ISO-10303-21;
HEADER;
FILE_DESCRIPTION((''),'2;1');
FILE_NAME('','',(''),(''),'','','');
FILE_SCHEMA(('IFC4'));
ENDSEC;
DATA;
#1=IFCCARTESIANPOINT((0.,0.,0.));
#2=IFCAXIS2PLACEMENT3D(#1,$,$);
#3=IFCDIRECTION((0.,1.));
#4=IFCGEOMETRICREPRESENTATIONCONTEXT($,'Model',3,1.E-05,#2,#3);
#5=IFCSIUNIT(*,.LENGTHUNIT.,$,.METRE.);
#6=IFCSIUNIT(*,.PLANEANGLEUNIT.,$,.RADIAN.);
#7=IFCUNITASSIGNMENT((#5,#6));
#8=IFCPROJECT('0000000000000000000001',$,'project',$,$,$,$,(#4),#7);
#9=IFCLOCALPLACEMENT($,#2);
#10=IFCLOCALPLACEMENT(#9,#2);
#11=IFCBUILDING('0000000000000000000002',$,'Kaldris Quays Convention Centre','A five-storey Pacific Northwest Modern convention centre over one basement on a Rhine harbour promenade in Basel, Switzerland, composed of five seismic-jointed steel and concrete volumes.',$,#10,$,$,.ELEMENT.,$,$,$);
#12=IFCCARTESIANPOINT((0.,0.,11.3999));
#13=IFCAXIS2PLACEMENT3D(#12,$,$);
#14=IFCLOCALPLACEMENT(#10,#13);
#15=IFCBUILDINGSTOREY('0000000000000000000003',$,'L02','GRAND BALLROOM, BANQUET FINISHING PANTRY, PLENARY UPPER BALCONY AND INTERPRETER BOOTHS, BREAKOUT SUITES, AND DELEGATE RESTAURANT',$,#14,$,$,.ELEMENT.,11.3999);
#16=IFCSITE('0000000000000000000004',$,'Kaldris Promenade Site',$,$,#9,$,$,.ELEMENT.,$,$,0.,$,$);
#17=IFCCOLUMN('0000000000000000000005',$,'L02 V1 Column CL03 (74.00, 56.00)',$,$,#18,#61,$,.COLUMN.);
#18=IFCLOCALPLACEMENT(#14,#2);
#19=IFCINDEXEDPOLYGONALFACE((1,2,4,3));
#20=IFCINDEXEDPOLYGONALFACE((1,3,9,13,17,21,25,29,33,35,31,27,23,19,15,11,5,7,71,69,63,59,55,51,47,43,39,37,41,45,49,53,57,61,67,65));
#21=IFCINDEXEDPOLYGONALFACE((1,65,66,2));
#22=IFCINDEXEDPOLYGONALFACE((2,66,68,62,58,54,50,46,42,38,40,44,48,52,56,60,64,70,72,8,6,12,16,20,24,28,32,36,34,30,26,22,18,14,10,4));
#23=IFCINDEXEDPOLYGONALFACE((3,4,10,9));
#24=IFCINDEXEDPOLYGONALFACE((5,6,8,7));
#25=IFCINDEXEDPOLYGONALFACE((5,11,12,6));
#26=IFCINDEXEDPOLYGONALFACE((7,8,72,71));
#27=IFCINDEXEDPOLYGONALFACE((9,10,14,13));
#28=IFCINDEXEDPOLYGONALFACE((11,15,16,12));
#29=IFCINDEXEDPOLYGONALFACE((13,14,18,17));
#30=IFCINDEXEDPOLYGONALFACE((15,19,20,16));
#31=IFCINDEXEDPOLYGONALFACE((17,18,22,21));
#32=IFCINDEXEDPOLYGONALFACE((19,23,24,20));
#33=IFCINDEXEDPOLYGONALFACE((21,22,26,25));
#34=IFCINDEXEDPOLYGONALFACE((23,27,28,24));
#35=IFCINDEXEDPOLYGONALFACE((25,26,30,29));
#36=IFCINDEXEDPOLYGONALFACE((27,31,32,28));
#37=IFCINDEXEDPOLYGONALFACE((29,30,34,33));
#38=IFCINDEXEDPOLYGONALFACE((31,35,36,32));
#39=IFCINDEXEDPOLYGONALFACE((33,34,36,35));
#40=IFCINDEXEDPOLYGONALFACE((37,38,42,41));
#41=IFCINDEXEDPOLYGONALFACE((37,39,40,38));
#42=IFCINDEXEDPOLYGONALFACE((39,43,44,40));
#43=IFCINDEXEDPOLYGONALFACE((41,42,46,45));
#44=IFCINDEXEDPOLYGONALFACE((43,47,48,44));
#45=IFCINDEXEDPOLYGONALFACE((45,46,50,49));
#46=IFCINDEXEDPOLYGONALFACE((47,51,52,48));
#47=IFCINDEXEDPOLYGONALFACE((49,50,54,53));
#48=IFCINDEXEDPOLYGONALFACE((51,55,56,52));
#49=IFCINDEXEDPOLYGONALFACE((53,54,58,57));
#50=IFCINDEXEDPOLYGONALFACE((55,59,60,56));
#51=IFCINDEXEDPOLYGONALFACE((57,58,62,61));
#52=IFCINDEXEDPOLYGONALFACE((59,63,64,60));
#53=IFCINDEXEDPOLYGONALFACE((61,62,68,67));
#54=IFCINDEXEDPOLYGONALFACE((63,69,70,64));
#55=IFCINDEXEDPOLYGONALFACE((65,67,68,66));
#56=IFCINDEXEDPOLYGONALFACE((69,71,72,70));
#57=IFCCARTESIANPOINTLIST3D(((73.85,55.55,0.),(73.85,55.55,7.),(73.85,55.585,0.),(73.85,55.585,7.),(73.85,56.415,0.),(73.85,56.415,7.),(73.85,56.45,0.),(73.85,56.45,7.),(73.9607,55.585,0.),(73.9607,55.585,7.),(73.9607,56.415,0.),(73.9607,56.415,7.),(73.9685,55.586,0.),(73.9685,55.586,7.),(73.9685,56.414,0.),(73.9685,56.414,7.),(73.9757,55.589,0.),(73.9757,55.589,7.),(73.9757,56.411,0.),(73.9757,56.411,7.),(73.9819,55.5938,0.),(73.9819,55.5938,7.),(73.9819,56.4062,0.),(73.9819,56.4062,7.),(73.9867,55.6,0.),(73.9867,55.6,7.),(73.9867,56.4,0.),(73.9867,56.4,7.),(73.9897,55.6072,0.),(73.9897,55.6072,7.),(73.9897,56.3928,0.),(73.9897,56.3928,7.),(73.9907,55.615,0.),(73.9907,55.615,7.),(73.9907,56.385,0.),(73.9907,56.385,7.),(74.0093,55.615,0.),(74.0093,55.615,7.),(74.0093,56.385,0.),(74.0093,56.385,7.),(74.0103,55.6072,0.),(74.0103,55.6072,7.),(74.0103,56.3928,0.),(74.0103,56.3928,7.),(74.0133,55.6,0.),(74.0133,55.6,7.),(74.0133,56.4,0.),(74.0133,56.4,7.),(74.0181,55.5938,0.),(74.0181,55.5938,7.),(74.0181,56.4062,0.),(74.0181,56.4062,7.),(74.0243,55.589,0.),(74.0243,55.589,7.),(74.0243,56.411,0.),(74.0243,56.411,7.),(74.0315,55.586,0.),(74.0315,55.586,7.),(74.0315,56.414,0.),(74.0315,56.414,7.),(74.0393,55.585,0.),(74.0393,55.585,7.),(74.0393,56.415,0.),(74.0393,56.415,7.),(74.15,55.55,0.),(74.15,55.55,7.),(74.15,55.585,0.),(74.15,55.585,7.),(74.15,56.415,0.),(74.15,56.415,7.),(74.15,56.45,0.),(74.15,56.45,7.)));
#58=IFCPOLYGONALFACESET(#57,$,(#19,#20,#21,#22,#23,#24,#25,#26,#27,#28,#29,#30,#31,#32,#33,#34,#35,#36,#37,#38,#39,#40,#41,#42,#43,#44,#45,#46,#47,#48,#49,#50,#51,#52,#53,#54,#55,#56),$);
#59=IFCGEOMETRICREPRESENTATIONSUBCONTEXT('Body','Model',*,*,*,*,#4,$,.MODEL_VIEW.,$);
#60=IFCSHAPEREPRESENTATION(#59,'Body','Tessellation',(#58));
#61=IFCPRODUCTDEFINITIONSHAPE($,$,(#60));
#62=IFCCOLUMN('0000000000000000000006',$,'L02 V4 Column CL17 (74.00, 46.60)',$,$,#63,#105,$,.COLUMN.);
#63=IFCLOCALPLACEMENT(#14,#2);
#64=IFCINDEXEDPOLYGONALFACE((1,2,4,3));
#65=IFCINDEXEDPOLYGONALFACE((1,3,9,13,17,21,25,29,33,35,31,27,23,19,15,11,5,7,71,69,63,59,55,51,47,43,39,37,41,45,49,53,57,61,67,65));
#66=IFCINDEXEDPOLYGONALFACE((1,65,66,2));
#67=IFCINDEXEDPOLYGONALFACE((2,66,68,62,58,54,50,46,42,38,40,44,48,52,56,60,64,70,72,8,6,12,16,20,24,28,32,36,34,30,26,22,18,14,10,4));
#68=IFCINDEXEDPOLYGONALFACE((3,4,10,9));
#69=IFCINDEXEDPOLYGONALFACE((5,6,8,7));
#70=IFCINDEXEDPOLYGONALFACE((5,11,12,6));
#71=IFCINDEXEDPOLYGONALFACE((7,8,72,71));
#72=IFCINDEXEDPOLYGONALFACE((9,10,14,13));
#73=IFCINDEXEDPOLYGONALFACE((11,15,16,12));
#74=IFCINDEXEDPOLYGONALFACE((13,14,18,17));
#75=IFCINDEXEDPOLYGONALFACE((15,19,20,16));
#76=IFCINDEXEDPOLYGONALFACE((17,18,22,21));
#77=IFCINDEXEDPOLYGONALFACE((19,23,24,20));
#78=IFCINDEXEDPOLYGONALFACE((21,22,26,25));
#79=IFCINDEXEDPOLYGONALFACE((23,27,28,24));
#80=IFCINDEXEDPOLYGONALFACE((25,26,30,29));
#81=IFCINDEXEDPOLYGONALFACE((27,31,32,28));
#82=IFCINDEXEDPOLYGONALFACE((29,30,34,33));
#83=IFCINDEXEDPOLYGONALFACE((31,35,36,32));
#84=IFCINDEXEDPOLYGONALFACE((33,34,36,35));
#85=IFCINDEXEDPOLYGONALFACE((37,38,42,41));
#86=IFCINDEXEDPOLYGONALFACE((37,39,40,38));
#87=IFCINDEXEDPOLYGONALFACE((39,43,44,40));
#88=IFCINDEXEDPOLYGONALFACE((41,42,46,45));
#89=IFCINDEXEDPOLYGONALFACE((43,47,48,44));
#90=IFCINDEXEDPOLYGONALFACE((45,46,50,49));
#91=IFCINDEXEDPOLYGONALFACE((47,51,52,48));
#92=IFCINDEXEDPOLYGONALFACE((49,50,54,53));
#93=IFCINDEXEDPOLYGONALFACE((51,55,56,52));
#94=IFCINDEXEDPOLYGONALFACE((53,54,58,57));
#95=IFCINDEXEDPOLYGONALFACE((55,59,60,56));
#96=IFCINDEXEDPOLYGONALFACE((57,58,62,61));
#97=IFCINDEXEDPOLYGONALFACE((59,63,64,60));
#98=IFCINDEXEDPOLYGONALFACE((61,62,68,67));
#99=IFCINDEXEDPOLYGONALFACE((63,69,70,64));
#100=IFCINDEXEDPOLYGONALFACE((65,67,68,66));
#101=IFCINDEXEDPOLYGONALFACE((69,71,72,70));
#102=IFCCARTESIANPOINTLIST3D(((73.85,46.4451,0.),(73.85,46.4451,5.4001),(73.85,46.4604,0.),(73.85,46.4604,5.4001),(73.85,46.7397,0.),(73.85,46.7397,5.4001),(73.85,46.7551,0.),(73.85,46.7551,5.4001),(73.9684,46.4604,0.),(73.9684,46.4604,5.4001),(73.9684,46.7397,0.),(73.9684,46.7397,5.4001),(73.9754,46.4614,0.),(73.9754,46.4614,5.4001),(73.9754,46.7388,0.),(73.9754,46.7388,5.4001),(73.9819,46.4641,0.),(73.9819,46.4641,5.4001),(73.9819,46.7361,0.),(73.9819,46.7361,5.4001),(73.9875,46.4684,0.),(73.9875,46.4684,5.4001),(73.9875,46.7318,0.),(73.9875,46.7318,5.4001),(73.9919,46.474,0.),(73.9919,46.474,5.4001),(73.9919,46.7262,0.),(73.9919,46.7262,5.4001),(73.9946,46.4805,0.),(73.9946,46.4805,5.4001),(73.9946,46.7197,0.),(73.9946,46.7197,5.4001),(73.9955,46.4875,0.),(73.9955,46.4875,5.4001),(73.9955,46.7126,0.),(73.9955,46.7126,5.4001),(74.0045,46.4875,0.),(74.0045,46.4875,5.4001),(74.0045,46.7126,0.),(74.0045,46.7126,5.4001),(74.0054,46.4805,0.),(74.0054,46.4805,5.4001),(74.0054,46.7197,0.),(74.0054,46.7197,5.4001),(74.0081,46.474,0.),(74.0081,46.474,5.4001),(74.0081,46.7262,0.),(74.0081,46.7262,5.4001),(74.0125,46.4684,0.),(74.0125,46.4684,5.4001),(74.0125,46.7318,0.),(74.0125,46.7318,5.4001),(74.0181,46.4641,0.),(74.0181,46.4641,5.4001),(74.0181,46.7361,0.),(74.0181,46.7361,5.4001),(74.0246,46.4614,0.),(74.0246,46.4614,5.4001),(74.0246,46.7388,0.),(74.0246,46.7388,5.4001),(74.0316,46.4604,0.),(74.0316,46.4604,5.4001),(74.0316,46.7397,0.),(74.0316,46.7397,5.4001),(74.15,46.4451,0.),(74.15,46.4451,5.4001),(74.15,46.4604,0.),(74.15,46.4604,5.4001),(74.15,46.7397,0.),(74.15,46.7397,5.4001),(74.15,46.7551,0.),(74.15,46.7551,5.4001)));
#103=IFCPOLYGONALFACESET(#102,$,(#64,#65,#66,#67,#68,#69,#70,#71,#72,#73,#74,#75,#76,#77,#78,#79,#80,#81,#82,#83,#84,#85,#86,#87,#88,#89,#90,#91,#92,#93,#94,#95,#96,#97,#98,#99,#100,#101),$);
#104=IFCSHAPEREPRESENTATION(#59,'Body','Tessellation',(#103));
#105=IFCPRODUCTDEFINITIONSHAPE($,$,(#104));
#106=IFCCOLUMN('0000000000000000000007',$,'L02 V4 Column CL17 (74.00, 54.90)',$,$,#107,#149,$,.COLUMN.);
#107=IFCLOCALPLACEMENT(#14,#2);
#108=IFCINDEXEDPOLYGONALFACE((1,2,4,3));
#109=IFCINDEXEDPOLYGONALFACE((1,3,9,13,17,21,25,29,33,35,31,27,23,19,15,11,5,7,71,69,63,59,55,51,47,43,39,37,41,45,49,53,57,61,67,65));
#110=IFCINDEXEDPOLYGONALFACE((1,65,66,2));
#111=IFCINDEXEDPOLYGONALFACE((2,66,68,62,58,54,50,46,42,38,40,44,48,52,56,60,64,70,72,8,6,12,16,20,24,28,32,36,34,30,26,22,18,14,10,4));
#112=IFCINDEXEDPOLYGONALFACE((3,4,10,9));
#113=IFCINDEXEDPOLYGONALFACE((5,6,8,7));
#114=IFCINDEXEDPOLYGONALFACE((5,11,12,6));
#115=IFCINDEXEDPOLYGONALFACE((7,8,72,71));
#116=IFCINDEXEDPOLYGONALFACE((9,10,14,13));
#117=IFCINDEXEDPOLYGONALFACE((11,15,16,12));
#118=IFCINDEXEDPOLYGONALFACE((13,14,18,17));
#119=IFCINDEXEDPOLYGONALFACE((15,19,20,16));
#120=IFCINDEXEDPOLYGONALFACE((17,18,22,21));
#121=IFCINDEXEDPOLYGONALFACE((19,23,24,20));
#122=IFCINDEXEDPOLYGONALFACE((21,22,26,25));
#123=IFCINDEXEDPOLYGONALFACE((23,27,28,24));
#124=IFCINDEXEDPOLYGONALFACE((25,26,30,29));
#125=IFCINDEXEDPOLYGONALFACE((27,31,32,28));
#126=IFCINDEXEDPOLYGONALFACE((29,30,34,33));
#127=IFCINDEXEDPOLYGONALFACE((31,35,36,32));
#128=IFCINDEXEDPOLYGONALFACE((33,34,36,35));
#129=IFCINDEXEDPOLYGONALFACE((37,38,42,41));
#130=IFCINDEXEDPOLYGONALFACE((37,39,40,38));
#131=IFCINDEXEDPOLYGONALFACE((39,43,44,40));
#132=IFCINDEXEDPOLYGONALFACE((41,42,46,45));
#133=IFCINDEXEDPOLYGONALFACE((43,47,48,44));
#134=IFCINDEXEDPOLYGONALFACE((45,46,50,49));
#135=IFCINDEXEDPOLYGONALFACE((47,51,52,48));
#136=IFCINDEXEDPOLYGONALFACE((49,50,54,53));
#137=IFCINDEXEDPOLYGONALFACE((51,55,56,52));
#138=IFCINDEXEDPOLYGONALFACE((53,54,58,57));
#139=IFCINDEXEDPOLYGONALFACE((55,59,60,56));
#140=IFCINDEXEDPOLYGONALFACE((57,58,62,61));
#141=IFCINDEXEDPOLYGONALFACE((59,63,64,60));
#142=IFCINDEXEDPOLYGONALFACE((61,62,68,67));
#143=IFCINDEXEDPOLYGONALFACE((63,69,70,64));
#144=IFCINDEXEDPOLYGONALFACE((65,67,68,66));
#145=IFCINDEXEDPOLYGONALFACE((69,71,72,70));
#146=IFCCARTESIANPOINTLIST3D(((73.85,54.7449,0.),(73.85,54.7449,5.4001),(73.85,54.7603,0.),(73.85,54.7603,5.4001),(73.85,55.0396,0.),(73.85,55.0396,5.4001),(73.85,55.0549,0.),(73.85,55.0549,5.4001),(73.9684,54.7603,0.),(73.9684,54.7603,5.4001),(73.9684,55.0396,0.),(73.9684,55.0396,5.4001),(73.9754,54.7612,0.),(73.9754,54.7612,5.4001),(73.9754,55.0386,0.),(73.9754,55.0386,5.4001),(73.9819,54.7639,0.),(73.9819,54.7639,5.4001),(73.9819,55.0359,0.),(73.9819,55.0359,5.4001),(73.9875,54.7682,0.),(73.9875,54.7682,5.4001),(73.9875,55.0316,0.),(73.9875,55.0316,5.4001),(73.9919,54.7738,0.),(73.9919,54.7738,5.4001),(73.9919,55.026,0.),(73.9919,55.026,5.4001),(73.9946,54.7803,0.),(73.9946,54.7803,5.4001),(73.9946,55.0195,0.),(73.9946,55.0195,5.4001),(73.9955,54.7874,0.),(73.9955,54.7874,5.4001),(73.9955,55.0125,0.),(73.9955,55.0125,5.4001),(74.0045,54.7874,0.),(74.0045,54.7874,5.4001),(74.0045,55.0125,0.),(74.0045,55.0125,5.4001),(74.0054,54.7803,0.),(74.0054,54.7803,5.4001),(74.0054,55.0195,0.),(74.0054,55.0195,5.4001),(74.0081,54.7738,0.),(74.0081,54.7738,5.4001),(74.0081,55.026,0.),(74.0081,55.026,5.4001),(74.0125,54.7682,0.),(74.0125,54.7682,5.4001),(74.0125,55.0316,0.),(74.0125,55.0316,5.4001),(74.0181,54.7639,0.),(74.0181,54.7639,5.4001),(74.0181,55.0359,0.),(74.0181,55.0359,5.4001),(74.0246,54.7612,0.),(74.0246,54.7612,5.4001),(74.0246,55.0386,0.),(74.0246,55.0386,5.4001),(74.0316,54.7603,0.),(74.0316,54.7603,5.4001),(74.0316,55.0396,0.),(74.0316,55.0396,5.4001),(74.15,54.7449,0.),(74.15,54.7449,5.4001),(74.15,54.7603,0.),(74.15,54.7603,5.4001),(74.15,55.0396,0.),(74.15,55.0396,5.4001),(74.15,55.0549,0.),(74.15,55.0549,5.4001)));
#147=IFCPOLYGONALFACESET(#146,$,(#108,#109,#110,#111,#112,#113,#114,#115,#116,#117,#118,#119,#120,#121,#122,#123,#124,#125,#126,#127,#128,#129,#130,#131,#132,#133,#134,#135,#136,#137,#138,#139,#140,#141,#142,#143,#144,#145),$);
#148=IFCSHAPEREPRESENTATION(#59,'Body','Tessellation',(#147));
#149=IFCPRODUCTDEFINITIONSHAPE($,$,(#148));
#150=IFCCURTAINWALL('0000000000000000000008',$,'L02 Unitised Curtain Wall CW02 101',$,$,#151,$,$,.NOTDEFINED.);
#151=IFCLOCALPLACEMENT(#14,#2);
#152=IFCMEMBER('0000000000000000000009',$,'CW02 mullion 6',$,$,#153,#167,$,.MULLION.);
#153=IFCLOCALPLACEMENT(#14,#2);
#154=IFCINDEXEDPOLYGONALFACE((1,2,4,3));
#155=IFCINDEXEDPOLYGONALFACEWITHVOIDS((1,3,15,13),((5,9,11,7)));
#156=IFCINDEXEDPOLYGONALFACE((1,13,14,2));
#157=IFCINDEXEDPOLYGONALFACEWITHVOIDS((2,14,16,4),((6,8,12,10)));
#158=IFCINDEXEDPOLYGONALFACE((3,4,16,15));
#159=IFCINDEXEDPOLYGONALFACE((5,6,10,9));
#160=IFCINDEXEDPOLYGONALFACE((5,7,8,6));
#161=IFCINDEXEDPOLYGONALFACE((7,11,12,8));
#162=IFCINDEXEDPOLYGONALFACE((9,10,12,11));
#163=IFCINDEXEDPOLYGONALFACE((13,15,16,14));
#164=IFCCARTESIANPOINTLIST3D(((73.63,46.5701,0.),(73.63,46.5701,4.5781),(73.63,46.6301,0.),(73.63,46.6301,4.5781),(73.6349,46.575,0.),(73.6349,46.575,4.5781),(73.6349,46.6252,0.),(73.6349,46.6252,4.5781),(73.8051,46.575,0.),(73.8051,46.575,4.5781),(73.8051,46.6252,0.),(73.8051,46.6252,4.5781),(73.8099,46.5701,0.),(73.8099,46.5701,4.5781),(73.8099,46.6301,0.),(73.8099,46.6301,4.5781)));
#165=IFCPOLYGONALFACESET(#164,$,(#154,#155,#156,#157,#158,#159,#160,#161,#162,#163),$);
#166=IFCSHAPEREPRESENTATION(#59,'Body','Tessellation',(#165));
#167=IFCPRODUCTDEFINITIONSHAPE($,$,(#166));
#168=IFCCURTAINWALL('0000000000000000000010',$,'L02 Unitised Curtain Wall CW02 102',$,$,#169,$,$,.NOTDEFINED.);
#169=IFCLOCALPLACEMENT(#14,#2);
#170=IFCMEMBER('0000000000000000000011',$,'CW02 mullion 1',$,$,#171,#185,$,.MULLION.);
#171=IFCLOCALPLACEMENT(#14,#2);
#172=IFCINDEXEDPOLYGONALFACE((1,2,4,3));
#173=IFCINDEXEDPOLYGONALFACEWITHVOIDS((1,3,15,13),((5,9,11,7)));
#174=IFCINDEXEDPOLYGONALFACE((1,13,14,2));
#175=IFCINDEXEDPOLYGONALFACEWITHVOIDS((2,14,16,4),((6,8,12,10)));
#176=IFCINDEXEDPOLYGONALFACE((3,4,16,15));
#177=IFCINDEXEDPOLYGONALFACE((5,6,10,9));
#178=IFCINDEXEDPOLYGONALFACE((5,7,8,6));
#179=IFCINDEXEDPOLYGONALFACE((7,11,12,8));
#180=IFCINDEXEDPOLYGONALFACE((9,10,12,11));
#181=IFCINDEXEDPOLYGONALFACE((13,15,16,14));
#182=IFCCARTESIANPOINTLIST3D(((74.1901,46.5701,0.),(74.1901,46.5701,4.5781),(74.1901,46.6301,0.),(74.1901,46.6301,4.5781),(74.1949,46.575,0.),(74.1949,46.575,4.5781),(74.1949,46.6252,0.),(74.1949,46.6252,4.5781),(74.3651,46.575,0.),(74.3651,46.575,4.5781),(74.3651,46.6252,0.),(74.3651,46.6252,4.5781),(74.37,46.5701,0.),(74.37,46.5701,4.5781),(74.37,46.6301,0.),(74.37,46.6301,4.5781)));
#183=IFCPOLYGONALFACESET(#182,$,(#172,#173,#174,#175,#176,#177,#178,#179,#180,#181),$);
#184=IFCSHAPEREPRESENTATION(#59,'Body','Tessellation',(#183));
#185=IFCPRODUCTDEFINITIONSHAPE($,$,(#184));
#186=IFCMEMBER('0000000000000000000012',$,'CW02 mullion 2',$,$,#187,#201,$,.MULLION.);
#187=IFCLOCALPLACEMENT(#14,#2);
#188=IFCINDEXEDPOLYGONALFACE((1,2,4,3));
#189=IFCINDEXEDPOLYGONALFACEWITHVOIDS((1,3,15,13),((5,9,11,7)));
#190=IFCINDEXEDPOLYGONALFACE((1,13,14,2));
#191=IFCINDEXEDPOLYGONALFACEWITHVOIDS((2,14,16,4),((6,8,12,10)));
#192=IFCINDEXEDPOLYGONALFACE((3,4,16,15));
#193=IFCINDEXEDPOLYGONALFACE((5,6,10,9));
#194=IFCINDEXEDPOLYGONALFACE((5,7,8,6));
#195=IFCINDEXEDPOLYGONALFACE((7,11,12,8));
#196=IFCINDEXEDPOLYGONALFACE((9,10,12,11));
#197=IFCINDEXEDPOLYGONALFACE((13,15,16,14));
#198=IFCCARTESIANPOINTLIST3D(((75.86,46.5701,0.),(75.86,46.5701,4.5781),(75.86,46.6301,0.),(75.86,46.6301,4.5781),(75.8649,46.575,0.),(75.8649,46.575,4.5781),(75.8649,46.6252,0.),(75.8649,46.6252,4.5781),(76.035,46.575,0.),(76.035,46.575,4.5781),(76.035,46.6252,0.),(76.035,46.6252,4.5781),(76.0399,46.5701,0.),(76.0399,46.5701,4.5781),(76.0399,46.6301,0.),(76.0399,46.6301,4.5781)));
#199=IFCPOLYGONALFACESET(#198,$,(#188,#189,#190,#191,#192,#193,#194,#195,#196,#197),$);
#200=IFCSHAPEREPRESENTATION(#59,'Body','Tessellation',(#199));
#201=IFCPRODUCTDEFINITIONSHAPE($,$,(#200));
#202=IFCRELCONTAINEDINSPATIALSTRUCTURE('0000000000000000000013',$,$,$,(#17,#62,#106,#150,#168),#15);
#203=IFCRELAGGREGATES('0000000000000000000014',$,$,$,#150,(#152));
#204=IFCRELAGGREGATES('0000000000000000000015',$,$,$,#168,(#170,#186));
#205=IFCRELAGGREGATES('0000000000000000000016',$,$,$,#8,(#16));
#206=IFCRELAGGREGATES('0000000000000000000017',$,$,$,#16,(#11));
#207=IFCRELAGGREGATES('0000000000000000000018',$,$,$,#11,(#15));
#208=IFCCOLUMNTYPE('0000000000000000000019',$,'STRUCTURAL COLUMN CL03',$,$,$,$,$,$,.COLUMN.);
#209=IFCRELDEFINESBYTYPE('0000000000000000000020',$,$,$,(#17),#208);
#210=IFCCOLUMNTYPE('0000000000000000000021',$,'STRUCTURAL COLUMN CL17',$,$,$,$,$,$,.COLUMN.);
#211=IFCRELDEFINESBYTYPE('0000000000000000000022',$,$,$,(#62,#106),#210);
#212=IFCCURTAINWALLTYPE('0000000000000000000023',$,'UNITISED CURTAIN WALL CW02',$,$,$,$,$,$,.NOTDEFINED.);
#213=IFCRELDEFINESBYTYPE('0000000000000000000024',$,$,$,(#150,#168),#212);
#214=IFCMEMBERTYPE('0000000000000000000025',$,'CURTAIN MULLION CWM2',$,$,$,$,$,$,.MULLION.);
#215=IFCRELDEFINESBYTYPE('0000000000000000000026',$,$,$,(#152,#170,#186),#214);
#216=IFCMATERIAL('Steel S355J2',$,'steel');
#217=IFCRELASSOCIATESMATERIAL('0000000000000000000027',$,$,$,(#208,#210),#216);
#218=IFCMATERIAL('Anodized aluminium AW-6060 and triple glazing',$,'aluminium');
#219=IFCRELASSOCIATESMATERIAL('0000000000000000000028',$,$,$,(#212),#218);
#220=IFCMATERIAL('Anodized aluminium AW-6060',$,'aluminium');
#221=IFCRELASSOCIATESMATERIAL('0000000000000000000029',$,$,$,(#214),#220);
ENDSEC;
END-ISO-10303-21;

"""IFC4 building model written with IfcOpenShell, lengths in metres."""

from ifc_helpers import new_model, si_unit, direction, frame, origin, origin_2d, place, context, subcontext, project, spatial, hollow_rectangle, i_section, extrude, material, material_profile, profile_set, type_object, element, aggregate, save


model = new_model("IFC4")

# Units and contexts
model_context = context("Model", 3, precision=1e-05, world=origin(), true_north=direction((0.0, 1.0)))
body_context = subcontext(model_context, "Body", "Model", "MODEL_VIEW")
ifc_project = project(units=[si_unit("LENGTHUNIT", "METRE"), si_unit("PLANEANGLEUNIT", "RADIAN")], contexts=[model_context])

# Site, building, storey
site_placement = place(None, origin())
site = spatial("IfcSite", under=ifc_project, at=site_placement, Name="Kaldris Promenade Site", CompositionType="ELEMENT", RefElevation=0.0)
building_placement = place(site_placement, origin())
building = spatial("IfcBuilding", under=site, at=building_placement, Name="Kaldris Quays Convention Centre", Description="A five-storey Pacific Northwest Modern convention centre over one basement on a Rhine harbour promenade in Basel, Switzerland, composed of five seismic-jointed steel and concrete volumes.", CompositionType="ELEMENT")
storey_placement = place(building_placement, frame((0.0, 0.0, 11.3999)))
storey = spatial("IfcBuildingStorey", under=building, at=storey_placement, Name="L02", Description="GRAND BALLROOM, BANQUET FINISHING PANTRY, PLENARY UPPER BALCONY AND INTERPRETER BOOTHS, BREAKOUT SUITES, AND DELEGATE RESTAURANT", CompositionType="ELEMENT", Elevation=11.3999)

# Columns
ifc_material_1 = material(Name="Steel S355J2", Category="steel")
ifc_material_profile_1 = material_profile(ifc_material_1, i_section(OverallWidth=0.3, OverallDepth=0.8999, WebThickness=0.0186, FlangeThickness=0.0349, FilletRadius=0.03, at=origin_2d()), Name="HEB 900")
ifc_profile_set_1 = profile_set([ifc_material_profile_1], Name="Steel S355J2")
column_type_1 = type_object("IfcColumnType", Name="STRUCTURAL COLUMN CL03", PredefinedType="COLUMN", material=ifc_profile_set_1)
column_placement = place(storey_placement, frame((74.0, 56.0, 0.0), z_axis=(0.0, 0.0, 1.0), x_axis=(1.0, 0.0, 0.0)))
element("IfcColumn", 1, at=column_placement, inside=storey, type_object=column_type_1, Name="L02 V1 Column CL03 (74.00, 56.00)", PredefinedType="COLUMN", context=body_context, shape_type="SweptSolid", body=[
    extrude(i_section(OverallWidth=0.3, OverallDepth=0.8999, WebThickness=0.0186, FlangeThickness=0.0349, FilletRadius=0.03, at=origin_2d()), origin(), (0.0, 0.0, 1.0), 7.0),
])
ifc_material_profile_2 = material_profile(ifc_material_1, i_section(OverallWidth=0.3, OverallDepth=0.3101, WebThickness=0.009, FlangeThickness=0.0154, FilletRadius=0.0271, at=origin_2d()), Name="HEA 320")
ifc_profile_set_2 = profile_set([ifc_material_profile_2], Name="Steel S355J2")
column_type_2 = type_object("IfcColumnType", Name="STRUCTURAL COLUMN CL17", PredefinedType="COLUMN", material=ifc_profile_set_2)
for number, where, z_axis, x_axis, name in (
    (2, (74.0, 46.6001, 0.0), (0.0, 0.0, 1.0), (1.0, 0.0, 0.0), "L02 V4 Column CL17 (74.00, 46.60)"),
    (3, (74.0, 54.8999, 0.0), (0.0, 0.0, 1.0), (1.0, 0.0, 0.0), "L02 V4 Column CL17 (74.00, 54.90)"),
):
    element("IfcColumn", number, at=place(storey_placement, frame(where, z_axis=z_axis, x_axis=x_axis)), inside=storey, type_object=column_type_2, Name=name, PredefinedType="COLUMN", context=body_context, shape_type="SweptSolid", body=[
        extrude(i_section(OverallWidth=0.3, OverallDepth=0.3101, WebThickness=0.009, FlangeThickness=0.0154, FilletRadius=0.0271, at=origin_2d()), origin(), (0.0, 0.0, 1.0), 5.4001),
    ])

# Curtain wall, member
ifc_material_2 = material(Name="Anodized aluminium AW-6060 and triple glazing", Category="aluminium")
curtain_wall_type_1 = type_object("IfcCurtainWallType", Name="UNITISED CURTAIN WALL CW02", PredefinedType="NOTDEFINED", material=ifc_material_2)
curtain_wall_1_placement = place(storey_placement, origin())
curtain_wall_1 = element("IfcCurtainWall", 4, at=curtain_wall_1_placement, inside=storey, type_object=curtain_wall_type_1, Name="L02 Unitised Curtain Wall CW02 101", PredefinedType="NOTDEFINED")
ifc_material_3 = material(Name="Anodized aluminium AW-6060", Category="aluminium")
ifc_material_profile_3 = material_profile(ifc_material_3, hollow_rectangle(XDim=0.0601, YDim=0.1799, WallThickness=0.0049, at=origin_2d()), Name="RHS 180x60x5")
ifc_profile_set_3 = profile_set([ifc_material_profile_3], Name="Anodized aluminium AW-6060")
member_type_1 = type_object("IfcMemberType", Name="CURTAIN MULLION CWM2", PredefinedType="MULLION", material=ifc_profile_set_3)
member_1_placement = place(storey_placement, frame((73.72, 46.6001, 0.0), z_axis=(0.0, 0.0, 1.0), x_axis=(0.0, 1.0, 0.0)))
member_1 = element("IfcMember", 5, at=member_1_placement, type_object=member_type_1, Name="CW02 mullion 6", PredefinedType="MULLION", context=body_context, shape_type="SweptSolid", body=[
    extrude(hollow_rectangle(XDim=0.0601, YDim=0.1799, WallThickness=0.0049, at=origin_2d()), origin(), (0.0, 0.0, 1.0), 4.5781),
])

# Curtain wall, members
curtain_wall_2_placement = place(storey_placement, origin())
curtain_wall_2 = element("IfcCurtainWall", 6, at=curtain_wall_2_placement, inside=storey, type_object=curtain_wall_type_1, Name="L02 Unitised Curtain Wall CW02 102", PredefinedType="NOTDEFINED")
member_2_placement = place(storey_placement, frame((74.28, 46.6001, 0.0), z_axis=(0.0, 0.0, 1.0), x_axis=(0.0, 1.0, 0.0)))
member_2 = element("IfcMember", 7, at=member_2_placement, type_object=member_type_1, Name="CW02 mullion 1", PredefinedType="MULLION", context=body_context, shape_type="SweptSolid", body=[
    extrude(hollow_rectangle(XDim=0.0601, YDim=0.1799, WallThickness=0.0049, at=origin_2d()), origin(), (0.0, 0.0, 1.0), 4.5781),
])
member_3_placement = place(storey_placement, frame((75.95, 46.6001, 0.0), z_axis=(0.0, 0.0, 1.0), x_axis=(0.0, 1.0, 0.0)))
member_3 = element("IfcMember", 8, at=member_3_placement, type_object=member_type_1, Name="CW02 mullion 2", PredefinedType="MULLION", context=body_context, shape_type="SweptSolid", body=[
    extrude(hollow_rectangle(XDim=0.0601, YDim=0.1799, WallThickness=0.0049, at=origin_2d()), origin(), (0.0, 0.0, 1.0), 4.5781),
])

aggregate(curtain_wall_1, [member_1])
aggregate(curtain_wall_2, [member_2, member_3])

save(model, "model.ifc")
